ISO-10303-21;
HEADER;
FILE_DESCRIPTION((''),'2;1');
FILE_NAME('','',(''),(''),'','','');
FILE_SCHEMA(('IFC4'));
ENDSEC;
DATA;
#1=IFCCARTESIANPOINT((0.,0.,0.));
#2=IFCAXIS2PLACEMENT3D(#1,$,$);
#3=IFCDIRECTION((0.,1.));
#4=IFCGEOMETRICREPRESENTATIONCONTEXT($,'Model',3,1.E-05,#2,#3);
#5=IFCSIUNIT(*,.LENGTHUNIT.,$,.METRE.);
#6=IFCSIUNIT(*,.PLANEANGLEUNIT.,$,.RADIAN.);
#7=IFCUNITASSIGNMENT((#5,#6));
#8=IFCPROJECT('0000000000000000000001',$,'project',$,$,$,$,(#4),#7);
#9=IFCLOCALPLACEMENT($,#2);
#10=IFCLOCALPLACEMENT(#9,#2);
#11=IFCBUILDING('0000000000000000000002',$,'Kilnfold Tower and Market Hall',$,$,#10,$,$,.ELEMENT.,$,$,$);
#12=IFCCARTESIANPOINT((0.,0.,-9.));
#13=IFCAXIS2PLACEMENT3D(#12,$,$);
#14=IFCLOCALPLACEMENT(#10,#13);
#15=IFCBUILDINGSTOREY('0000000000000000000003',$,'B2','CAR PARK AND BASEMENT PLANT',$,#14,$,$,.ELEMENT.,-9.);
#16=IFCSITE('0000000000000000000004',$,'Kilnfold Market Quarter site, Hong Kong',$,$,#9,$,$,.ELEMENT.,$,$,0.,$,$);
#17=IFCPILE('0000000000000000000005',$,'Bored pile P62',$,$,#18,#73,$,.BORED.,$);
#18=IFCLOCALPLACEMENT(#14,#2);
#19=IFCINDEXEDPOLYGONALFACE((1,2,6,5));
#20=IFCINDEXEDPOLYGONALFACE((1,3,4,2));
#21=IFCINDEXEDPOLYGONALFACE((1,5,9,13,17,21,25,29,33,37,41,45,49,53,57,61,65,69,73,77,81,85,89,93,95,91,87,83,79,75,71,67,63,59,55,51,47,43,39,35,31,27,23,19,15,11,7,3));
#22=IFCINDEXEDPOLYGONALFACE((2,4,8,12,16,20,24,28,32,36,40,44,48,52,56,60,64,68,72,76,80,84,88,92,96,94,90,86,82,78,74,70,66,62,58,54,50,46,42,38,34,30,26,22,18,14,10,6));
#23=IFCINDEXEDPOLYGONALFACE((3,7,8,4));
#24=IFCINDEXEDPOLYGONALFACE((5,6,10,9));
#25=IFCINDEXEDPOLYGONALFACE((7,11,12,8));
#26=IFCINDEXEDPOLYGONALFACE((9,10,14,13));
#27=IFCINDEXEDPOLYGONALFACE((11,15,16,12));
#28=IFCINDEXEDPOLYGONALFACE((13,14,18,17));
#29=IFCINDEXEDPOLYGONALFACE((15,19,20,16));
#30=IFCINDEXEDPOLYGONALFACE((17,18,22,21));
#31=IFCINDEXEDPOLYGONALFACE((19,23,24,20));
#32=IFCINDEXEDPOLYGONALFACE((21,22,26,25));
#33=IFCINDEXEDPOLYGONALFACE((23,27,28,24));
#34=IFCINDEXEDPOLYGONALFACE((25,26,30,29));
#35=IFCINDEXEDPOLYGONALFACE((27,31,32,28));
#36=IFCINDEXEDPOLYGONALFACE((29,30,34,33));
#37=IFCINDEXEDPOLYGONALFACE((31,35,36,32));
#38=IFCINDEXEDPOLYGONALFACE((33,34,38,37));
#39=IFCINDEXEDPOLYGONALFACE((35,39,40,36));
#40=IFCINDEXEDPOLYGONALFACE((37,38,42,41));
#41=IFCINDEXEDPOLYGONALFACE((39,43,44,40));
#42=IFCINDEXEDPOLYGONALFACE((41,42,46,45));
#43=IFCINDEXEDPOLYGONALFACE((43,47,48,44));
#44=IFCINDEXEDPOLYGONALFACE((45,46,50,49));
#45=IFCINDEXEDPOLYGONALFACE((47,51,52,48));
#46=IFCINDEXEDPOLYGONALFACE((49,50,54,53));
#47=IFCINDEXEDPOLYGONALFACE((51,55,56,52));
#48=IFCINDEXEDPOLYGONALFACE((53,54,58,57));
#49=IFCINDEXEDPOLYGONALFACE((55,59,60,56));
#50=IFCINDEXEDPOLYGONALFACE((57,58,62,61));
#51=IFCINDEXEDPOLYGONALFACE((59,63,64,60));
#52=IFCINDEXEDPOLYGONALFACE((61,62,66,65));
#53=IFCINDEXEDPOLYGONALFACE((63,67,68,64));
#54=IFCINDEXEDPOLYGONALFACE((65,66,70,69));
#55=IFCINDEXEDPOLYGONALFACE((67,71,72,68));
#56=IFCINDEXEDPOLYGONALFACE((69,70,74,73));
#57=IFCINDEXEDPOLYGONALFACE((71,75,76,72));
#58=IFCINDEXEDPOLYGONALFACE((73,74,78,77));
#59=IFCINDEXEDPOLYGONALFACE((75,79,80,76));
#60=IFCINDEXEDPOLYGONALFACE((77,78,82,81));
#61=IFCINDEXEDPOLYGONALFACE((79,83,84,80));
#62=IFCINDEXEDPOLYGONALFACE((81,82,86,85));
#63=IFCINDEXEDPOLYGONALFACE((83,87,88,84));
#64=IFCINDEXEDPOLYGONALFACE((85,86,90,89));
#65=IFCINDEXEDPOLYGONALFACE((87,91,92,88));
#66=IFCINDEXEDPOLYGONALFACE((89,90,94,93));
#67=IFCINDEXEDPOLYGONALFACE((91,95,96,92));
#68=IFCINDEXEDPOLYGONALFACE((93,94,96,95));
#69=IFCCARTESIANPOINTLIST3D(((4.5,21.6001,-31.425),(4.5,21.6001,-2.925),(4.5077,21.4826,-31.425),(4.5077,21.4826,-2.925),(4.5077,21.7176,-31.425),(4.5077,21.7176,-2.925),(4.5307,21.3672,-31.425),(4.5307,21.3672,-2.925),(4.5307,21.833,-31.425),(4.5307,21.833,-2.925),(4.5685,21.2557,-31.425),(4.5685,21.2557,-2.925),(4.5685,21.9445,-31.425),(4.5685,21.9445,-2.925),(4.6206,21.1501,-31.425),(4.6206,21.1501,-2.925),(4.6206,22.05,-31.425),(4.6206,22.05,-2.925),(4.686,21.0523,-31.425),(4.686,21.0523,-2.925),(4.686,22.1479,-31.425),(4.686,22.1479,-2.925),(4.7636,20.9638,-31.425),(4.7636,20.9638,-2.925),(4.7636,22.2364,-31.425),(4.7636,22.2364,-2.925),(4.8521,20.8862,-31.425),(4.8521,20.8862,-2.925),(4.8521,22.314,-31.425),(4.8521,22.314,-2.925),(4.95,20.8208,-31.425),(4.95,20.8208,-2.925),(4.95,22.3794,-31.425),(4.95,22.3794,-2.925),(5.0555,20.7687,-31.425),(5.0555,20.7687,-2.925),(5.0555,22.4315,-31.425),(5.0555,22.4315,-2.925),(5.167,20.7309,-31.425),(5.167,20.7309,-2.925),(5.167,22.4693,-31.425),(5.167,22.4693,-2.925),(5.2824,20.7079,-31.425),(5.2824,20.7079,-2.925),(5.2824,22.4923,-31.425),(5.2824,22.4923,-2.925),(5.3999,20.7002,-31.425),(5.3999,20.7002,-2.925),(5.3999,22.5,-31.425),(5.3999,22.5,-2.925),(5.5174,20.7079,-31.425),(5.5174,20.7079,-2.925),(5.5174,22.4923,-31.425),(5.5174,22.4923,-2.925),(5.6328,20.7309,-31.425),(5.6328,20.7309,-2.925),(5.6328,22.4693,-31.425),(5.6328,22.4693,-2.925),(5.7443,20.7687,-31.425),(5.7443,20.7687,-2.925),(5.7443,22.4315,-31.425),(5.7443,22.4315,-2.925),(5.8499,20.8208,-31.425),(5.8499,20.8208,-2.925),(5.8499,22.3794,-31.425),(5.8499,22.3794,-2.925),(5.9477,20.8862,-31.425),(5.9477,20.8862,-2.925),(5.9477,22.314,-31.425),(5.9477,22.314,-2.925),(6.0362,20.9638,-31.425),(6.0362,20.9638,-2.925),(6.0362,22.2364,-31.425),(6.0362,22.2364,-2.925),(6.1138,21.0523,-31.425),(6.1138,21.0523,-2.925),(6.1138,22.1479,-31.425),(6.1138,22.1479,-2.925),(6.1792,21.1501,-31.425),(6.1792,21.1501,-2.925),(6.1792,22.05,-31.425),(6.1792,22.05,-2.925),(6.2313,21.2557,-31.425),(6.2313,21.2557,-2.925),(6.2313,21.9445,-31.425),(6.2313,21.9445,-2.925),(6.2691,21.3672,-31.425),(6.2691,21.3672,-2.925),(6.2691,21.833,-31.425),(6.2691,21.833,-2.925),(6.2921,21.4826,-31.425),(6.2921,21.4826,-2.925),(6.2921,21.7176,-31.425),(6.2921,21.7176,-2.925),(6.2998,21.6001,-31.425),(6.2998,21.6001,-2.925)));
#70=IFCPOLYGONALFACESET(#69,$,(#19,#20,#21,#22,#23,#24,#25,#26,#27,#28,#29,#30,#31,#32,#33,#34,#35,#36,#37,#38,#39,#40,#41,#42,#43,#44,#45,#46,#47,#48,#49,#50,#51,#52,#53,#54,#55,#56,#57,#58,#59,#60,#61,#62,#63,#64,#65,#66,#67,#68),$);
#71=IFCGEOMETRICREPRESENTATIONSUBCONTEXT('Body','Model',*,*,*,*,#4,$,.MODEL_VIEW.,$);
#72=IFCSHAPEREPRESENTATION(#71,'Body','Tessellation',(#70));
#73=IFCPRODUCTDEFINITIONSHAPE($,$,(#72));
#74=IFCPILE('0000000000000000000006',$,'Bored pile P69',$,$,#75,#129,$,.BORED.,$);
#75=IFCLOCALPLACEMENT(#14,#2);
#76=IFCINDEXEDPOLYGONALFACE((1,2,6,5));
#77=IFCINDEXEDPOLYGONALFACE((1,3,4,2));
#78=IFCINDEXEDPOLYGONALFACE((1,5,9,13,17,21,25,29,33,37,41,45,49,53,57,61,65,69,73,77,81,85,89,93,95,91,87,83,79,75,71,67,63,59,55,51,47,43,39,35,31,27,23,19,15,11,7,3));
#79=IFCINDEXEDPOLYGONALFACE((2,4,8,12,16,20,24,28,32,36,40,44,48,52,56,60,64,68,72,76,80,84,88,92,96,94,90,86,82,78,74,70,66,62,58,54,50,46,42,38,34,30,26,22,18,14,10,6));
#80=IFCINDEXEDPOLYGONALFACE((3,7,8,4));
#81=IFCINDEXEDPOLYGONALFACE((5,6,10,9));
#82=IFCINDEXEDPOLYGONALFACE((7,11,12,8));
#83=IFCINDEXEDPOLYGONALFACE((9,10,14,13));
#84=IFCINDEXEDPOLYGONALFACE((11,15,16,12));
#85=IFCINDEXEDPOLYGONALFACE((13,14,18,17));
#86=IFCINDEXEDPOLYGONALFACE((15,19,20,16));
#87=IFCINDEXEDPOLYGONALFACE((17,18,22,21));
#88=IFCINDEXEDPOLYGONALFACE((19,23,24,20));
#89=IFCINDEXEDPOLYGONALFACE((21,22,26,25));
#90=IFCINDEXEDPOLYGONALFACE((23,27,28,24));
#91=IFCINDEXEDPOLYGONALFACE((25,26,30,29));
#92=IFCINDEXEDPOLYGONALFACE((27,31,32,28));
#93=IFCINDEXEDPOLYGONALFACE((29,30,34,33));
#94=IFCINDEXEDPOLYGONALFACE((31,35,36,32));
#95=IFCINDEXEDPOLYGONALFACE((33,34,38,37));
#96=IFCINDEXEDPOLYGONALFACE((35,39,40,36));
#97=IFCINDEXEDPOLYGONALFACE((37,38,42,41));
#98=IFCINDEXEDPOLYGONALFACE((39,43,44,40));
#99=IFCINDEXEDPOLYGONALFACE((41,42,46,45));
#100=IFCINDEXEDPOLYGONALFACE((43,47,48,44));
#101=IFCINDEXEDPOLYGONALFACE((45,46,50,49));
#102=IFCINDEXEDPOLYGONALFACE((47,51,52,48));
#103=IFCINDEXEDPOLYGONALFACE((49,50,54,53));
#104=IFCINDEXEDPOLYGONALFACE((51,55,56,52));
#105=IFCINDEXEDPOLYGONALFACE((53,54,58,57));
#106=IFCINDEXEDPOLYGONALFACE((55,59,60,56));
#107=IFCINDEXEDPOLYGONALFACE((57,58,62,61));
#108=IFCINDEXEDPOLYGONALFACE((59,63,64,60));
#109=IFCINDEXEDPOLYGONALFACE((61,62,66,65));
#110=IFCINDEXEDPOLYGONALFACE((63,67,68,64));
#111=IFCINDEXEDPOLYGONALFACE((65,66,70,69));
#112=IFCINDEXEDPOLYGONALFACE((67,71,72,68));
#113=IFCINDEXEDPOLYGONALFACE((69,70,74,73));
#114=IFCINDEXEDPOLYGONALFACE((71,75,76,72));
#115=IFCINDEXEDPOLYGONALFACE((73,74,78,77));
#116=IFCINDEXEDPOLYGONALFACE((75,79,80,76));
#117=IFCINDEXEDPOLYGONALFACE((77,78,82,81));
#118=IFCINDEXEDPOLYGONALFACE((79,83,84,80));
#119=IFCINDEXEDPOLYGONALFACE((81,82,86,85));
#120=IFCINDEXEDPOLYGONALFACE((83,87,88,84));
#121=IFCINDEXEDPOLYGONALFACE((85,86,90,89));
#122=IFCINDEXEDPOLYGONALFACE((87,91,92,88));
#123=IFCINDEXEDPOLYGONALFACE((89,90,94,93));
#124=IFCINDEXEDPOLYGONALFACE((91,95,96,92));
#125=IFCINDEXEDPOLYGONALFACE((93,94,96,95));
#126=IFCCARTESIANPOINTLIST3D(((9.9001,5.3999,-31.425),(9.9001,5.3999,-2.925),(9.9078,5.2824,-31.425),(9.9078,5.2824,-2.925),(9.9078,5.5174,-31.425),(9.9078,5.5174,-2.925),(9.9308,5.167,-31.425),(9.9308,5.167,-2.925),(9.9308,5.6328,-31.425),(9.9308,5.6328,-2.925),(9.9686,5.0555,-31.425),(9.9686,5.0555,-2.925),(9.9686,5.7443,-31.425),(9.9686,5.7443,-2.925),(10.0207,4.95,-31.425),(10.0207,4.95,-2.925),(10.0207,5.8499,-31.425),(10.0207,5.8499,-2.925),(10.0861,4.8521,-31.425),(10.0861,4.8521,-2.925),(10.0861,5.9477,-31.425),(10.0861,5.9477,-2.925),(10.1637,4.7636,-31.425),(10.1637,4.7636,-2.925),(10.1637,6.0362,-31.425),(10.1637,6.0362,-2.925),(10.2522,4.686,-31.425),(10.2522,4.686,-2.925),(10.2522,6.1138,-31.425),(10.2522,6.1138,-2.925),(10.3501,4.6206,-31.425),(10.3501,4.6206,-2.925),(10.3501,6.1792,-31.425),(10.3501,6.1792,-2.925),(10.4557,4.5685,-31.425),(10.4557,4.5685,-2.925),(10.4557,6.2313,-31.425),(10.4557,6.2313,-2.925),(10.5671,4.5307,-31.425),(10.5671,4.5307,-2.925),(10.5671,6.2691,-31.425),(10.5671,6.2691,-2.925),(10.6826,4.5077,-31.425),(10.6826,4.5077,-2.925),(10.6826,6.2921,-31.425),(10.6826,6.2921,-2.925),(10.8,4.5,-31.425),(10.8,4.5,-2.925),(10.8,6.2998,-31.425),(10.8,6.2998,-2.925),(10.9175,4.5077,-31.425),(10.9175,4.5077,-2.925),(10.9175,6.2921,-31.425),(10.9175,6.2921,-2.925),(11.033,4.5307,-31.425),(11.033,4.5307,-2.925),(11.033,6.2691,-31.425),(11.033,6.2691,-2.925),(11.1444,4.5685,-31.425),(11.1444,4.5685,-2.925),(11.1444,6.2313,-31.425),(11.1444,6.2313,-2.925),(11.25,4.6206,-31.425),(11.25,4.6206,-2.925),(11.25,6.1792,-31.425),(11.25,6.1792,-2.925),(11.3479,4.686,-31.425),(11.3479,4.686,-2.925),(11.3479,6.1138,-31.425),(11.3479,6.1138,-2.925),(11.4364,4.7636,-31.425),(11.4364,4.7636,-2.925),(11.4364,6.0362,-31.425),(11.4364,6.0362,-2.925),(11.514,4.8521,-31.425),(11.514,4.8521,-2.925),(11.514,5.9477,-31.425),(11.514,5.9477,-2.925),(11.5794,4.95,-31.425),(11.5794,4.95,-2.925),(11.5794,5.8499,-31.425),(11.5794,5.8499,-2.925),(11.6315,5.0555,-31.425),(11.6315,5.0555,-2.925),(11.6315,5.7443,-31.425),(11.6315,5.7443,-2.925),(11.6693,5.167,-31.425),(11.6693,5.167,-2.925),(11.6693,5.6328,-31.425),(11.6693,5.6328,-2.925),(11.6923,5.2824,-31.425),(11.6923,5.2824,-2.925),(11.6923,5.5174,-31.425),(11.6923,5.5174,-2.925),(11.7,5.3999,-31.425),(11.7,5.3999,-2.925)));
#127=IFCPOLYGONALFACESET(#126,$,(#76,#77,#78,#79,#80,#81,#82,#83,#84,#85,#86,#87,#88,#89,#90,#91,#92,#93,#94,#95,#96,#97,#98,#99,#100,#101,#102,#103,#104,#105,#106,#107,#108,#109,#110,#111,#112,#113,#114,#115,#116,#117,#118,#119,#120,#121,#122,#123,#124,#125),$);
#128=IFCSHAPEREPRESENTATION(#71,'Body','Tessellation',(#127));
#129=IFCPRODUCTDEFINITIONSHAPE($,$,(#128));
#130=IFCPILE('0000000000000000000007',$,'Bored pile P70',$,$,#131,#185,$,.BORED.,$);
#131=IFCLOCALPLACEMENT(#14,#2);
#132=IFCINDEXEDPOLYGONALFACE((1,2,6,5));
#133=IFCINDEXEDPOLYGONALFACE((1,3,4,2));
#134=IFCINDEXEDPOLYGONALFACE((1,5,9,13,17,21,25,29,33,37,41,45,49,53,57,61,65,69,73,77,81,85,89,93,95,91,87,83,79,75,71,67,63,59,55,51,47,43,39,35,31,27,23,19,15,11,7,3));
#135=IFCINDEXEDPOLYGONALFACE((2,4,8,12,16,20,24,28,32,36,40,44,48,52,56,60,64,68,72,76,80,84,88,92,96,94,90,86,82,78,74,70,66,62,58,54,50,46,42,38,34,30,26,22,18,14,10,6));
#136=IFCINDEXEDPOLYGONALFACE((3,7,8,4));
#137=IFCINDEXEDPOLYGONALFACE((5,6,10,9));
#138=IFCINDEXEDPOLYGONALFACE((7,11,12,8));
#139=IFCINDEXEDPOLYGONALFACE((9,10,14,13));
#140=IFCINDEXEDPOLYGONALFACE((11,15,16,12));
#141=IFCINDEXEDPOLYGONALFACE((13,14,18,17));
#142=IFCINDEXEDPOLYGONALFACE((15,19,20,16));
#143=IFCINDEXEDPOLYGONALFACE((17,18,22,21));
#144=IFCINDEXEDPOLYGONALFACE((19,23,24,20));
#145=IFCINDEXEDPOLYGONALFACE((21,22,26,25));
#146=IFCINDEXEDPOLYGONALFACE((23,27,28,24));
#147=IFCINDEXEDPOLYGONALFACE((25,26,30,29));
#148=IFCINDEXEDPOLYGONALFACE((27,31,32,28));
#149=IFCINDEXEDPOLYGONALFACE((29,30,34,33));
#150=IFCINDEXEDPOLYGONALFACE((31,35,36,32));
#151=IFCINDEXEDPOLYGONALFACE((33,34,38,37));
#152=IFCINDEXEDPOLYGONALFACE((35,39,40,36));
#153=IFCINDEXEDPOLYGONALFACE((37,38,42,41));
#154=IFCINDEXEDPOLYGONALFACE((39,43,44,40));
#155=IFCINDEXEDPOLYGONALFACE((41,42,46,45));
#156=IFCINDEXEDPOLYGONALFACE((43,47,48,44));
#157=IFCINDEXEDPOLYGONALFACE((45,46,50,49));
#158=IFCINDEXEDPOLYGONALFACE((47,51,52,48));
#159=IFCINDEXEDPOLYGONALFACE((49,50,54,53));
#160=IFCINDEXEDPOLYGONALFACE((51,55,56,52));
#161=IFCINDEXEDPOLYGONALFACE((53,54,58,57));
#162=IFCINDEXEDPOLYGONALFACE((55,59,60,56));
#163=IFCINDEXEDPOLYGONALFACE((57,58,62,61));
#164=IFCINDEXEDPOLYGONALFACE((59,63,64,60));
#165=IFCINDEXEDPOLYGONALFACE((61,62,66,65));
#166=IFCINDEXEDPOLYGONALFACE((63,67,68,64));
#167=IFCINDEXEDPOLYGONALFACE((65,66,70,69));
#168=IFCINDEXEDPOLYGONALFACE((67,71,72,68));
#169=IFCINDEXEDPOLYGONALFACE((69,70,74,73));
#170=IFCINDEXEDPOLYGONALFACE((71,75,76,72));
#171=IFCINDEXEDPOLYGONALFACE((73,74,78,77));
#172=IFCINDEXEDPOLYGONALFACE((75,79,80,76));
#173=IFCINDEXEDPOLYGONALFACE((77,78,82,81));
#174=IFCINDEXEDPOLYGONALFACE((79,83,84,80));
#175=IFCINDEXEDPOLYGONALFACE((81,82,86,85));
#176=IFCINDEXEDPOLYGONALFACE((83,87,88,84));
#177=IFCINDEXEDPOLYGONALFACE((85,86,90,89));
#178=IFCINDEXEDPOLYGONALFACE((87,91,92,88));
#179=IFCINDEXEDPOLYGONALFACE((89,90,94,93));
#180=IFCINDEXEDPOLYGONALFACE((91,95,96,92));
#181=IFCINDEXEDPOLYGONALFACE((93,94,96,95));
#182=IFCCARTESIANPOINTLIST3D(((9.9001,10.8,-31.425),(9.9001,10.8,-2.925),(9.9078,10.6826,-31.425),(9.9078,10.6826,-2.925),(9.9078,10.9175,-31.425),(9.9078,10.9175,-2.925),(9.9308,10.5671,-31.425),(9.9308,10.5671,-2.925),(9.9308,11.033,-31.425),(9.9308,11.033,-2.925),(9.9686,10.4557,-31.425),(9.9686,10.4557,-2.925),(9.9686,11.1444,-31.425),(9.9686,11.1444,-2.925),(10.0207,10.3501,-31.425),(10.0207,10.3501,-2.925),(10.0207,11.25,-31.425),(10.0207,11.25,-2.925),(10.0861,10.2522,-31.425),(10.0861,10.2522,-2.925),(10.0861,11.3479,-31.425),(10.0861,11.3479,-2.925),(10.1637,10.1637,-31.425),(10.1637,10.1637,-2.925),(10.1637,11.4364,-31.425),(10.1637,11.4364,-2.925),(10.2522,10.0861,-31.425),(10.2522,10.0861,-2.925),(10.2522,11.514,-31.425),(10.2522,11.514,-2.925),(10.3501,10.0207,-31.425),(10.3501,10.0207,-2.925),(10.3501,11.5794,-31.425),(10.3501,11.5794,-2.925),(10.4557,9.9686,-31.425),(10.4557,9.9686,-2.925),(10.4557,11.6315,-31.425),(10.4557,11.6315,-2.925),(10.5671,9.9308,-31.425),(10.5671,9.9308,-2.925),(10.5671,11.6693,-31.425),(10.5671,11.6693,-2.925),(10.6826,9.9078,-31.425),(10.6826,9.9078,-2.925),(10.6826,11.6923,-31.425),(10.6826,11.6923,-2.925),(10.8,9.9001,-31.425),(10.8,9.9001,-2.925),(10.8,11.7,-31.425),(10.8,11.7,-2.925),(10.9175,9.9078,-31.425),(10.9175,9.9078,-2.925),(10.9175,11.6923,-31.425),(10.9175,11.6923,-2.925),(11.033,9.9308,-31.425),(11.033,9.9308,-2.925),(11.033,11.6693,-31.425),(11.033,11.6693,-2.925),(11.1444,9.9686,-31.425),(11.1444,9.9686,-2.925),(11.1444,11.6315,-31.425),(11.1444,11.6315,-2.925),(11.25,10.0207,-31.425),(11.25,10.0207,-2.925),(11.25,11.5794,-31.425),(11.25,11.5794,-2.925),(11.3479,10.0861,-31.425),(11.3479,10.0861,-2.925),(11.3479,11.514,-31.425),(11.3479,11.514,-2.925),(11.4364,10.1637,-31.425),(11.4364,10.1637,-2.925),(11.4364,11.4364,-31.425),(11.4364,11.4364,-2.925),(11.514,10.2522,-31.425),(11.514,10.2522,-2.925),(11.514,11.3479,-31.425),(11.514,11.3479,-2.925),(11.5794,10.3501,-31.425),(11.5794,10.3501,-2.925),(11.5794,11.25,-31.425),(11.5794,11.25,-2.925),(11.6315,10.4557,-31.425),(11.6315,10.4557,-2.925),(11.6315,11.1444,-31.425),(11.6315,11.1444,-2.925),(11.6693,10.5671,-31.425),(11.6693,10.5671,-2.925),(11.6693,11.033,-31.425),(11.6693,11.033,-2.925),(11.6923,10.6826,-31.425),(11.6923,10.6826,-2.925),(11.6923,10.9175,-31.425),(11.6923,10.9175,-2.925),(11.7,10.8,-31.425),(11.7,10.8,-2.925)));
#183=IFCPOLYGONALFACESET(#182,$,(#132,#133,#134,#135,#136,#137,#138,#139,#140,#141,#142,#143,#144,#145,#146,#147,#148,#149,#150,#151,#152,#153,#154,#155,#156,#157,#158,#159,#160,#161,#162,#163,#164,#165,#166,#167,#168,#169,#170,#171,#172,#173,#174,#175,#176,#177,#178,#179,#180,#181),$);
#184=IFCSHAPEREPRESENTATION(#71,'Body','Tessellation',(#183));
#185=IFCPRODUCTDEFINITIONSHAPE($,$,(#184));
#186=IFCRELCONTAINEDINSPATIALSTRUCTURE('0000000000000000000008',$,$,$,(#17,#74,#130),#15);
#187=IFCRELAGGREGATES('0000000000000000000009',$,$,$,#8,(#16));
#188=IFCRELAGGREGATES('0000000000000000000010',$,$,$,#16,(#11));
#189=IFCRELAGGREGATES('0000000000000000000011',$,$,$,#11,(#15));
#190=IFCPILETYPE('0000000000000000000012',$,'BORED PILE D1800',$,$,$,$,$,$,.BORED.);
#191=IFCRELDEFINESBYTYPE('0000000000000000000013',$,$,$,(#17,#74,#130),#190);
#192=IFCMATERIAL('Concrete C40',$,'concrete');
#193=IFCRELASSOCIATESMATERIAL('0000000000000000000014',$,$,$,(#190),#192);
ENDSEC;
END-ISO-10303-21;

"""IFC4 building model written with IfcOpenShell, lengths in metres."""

from ifc_helpers import new_model, si_unit, direction, frame, origin, origin_2d, place, context, subcontext, project, spatial, circle, extrude, source, transform, mapped, material, material_profile, profile_set, type_object, element, save


model = new_model("IFC4")

# Units and contexts
model_context = context("Model", 3, precision=1e-05, world=origin(), true_north=direction((0.0, 1.0)))
body_context = subcontext(model_context, "Body", "Model", "MODEL_VIEW")
ifc_project = project(units=[si_unit("LENGTHUNIT", "METRE"), si_unit("PLANEANGLEUNIT", "RADIAN")], contexts=[model_context])

# Site, building, storey
site_placement = place(None, origin())
site = spatial("IfcSite", under=ifc_project, at=site_placement, Name="Kilnfold Market Quarter site, Hong Kong", CompositionType="ELEMENT", RefElevation=0.0)
building_placement = place(site_placement, origin())
building = spatial("IfcBuilding", under=site, at=building_placement, Name="Kilnfold Tower and Market Hall", CompositionType="ELEMENT")
storey_placement = place(building_placement, frame((0.0, 0.0, -9.0)))
storey = spatial("IfcBuildingStorey", under=building, at=storey_placement, Name="B2", Description="CAR PARK AND BASEMENT PLANT", CompositionType="ELEMENT", Elevation=-9.0)

# Piles
ifc_material_1 = material(Name="Concrete C40", Category="concrete")
ifc_material_profile_1 = material_profile(ifc_material_1, circle(Radius=0.8999, at=origin_2d()), Name="RC D1800")
ifc_profile_set_1 = profile_set([ifc_material_profile_1], Name="Concrete C40")
pile_type = type_object("IfcPileType", Name="BORED PILE D1800", PredefinedType="BORED", material=ifc_profile_set_1)
shared_shape_1 = source(origin(), body_context, "Body", "SweptSolid", [
    extrude(circle(Radius=0.8999, at=origin_2d()), origin(), (0.0, 0.0, 1.0), 28.5),
])
for number, where, z_axis, x_axis, name in (
    (1, (5.3999, 21.6001, -2.925), (0.0, 0.0, -1.0), (1.0, 0.0, 0.0), "Bored pile P62"),
    (2, (10.8, 5.3999, -2.925), (0.0, 0.0, -1.0), (1.0, 0.0, 0.0), "Bored pile P69"),
    (3, (10.8, 10.8, -2.925), (0.0, 0.0, -1.0), (1.0, 0.0, 0.0), "Bored pile P70"),
):
    element("IfcPile", number, at=place(storey_placement, frame(where, z_axis=z_axis, x_axis=x_axis)), inside=storey, type_object=pile_type, Name=name, PredefinedType="BORED", context=body_context, shape_type="MappedRepresentation", body=[
        mapped(shared_shape_1, transform((0.0, 0.0, 0.0))),
    ])

save(model, "model.ifc")
